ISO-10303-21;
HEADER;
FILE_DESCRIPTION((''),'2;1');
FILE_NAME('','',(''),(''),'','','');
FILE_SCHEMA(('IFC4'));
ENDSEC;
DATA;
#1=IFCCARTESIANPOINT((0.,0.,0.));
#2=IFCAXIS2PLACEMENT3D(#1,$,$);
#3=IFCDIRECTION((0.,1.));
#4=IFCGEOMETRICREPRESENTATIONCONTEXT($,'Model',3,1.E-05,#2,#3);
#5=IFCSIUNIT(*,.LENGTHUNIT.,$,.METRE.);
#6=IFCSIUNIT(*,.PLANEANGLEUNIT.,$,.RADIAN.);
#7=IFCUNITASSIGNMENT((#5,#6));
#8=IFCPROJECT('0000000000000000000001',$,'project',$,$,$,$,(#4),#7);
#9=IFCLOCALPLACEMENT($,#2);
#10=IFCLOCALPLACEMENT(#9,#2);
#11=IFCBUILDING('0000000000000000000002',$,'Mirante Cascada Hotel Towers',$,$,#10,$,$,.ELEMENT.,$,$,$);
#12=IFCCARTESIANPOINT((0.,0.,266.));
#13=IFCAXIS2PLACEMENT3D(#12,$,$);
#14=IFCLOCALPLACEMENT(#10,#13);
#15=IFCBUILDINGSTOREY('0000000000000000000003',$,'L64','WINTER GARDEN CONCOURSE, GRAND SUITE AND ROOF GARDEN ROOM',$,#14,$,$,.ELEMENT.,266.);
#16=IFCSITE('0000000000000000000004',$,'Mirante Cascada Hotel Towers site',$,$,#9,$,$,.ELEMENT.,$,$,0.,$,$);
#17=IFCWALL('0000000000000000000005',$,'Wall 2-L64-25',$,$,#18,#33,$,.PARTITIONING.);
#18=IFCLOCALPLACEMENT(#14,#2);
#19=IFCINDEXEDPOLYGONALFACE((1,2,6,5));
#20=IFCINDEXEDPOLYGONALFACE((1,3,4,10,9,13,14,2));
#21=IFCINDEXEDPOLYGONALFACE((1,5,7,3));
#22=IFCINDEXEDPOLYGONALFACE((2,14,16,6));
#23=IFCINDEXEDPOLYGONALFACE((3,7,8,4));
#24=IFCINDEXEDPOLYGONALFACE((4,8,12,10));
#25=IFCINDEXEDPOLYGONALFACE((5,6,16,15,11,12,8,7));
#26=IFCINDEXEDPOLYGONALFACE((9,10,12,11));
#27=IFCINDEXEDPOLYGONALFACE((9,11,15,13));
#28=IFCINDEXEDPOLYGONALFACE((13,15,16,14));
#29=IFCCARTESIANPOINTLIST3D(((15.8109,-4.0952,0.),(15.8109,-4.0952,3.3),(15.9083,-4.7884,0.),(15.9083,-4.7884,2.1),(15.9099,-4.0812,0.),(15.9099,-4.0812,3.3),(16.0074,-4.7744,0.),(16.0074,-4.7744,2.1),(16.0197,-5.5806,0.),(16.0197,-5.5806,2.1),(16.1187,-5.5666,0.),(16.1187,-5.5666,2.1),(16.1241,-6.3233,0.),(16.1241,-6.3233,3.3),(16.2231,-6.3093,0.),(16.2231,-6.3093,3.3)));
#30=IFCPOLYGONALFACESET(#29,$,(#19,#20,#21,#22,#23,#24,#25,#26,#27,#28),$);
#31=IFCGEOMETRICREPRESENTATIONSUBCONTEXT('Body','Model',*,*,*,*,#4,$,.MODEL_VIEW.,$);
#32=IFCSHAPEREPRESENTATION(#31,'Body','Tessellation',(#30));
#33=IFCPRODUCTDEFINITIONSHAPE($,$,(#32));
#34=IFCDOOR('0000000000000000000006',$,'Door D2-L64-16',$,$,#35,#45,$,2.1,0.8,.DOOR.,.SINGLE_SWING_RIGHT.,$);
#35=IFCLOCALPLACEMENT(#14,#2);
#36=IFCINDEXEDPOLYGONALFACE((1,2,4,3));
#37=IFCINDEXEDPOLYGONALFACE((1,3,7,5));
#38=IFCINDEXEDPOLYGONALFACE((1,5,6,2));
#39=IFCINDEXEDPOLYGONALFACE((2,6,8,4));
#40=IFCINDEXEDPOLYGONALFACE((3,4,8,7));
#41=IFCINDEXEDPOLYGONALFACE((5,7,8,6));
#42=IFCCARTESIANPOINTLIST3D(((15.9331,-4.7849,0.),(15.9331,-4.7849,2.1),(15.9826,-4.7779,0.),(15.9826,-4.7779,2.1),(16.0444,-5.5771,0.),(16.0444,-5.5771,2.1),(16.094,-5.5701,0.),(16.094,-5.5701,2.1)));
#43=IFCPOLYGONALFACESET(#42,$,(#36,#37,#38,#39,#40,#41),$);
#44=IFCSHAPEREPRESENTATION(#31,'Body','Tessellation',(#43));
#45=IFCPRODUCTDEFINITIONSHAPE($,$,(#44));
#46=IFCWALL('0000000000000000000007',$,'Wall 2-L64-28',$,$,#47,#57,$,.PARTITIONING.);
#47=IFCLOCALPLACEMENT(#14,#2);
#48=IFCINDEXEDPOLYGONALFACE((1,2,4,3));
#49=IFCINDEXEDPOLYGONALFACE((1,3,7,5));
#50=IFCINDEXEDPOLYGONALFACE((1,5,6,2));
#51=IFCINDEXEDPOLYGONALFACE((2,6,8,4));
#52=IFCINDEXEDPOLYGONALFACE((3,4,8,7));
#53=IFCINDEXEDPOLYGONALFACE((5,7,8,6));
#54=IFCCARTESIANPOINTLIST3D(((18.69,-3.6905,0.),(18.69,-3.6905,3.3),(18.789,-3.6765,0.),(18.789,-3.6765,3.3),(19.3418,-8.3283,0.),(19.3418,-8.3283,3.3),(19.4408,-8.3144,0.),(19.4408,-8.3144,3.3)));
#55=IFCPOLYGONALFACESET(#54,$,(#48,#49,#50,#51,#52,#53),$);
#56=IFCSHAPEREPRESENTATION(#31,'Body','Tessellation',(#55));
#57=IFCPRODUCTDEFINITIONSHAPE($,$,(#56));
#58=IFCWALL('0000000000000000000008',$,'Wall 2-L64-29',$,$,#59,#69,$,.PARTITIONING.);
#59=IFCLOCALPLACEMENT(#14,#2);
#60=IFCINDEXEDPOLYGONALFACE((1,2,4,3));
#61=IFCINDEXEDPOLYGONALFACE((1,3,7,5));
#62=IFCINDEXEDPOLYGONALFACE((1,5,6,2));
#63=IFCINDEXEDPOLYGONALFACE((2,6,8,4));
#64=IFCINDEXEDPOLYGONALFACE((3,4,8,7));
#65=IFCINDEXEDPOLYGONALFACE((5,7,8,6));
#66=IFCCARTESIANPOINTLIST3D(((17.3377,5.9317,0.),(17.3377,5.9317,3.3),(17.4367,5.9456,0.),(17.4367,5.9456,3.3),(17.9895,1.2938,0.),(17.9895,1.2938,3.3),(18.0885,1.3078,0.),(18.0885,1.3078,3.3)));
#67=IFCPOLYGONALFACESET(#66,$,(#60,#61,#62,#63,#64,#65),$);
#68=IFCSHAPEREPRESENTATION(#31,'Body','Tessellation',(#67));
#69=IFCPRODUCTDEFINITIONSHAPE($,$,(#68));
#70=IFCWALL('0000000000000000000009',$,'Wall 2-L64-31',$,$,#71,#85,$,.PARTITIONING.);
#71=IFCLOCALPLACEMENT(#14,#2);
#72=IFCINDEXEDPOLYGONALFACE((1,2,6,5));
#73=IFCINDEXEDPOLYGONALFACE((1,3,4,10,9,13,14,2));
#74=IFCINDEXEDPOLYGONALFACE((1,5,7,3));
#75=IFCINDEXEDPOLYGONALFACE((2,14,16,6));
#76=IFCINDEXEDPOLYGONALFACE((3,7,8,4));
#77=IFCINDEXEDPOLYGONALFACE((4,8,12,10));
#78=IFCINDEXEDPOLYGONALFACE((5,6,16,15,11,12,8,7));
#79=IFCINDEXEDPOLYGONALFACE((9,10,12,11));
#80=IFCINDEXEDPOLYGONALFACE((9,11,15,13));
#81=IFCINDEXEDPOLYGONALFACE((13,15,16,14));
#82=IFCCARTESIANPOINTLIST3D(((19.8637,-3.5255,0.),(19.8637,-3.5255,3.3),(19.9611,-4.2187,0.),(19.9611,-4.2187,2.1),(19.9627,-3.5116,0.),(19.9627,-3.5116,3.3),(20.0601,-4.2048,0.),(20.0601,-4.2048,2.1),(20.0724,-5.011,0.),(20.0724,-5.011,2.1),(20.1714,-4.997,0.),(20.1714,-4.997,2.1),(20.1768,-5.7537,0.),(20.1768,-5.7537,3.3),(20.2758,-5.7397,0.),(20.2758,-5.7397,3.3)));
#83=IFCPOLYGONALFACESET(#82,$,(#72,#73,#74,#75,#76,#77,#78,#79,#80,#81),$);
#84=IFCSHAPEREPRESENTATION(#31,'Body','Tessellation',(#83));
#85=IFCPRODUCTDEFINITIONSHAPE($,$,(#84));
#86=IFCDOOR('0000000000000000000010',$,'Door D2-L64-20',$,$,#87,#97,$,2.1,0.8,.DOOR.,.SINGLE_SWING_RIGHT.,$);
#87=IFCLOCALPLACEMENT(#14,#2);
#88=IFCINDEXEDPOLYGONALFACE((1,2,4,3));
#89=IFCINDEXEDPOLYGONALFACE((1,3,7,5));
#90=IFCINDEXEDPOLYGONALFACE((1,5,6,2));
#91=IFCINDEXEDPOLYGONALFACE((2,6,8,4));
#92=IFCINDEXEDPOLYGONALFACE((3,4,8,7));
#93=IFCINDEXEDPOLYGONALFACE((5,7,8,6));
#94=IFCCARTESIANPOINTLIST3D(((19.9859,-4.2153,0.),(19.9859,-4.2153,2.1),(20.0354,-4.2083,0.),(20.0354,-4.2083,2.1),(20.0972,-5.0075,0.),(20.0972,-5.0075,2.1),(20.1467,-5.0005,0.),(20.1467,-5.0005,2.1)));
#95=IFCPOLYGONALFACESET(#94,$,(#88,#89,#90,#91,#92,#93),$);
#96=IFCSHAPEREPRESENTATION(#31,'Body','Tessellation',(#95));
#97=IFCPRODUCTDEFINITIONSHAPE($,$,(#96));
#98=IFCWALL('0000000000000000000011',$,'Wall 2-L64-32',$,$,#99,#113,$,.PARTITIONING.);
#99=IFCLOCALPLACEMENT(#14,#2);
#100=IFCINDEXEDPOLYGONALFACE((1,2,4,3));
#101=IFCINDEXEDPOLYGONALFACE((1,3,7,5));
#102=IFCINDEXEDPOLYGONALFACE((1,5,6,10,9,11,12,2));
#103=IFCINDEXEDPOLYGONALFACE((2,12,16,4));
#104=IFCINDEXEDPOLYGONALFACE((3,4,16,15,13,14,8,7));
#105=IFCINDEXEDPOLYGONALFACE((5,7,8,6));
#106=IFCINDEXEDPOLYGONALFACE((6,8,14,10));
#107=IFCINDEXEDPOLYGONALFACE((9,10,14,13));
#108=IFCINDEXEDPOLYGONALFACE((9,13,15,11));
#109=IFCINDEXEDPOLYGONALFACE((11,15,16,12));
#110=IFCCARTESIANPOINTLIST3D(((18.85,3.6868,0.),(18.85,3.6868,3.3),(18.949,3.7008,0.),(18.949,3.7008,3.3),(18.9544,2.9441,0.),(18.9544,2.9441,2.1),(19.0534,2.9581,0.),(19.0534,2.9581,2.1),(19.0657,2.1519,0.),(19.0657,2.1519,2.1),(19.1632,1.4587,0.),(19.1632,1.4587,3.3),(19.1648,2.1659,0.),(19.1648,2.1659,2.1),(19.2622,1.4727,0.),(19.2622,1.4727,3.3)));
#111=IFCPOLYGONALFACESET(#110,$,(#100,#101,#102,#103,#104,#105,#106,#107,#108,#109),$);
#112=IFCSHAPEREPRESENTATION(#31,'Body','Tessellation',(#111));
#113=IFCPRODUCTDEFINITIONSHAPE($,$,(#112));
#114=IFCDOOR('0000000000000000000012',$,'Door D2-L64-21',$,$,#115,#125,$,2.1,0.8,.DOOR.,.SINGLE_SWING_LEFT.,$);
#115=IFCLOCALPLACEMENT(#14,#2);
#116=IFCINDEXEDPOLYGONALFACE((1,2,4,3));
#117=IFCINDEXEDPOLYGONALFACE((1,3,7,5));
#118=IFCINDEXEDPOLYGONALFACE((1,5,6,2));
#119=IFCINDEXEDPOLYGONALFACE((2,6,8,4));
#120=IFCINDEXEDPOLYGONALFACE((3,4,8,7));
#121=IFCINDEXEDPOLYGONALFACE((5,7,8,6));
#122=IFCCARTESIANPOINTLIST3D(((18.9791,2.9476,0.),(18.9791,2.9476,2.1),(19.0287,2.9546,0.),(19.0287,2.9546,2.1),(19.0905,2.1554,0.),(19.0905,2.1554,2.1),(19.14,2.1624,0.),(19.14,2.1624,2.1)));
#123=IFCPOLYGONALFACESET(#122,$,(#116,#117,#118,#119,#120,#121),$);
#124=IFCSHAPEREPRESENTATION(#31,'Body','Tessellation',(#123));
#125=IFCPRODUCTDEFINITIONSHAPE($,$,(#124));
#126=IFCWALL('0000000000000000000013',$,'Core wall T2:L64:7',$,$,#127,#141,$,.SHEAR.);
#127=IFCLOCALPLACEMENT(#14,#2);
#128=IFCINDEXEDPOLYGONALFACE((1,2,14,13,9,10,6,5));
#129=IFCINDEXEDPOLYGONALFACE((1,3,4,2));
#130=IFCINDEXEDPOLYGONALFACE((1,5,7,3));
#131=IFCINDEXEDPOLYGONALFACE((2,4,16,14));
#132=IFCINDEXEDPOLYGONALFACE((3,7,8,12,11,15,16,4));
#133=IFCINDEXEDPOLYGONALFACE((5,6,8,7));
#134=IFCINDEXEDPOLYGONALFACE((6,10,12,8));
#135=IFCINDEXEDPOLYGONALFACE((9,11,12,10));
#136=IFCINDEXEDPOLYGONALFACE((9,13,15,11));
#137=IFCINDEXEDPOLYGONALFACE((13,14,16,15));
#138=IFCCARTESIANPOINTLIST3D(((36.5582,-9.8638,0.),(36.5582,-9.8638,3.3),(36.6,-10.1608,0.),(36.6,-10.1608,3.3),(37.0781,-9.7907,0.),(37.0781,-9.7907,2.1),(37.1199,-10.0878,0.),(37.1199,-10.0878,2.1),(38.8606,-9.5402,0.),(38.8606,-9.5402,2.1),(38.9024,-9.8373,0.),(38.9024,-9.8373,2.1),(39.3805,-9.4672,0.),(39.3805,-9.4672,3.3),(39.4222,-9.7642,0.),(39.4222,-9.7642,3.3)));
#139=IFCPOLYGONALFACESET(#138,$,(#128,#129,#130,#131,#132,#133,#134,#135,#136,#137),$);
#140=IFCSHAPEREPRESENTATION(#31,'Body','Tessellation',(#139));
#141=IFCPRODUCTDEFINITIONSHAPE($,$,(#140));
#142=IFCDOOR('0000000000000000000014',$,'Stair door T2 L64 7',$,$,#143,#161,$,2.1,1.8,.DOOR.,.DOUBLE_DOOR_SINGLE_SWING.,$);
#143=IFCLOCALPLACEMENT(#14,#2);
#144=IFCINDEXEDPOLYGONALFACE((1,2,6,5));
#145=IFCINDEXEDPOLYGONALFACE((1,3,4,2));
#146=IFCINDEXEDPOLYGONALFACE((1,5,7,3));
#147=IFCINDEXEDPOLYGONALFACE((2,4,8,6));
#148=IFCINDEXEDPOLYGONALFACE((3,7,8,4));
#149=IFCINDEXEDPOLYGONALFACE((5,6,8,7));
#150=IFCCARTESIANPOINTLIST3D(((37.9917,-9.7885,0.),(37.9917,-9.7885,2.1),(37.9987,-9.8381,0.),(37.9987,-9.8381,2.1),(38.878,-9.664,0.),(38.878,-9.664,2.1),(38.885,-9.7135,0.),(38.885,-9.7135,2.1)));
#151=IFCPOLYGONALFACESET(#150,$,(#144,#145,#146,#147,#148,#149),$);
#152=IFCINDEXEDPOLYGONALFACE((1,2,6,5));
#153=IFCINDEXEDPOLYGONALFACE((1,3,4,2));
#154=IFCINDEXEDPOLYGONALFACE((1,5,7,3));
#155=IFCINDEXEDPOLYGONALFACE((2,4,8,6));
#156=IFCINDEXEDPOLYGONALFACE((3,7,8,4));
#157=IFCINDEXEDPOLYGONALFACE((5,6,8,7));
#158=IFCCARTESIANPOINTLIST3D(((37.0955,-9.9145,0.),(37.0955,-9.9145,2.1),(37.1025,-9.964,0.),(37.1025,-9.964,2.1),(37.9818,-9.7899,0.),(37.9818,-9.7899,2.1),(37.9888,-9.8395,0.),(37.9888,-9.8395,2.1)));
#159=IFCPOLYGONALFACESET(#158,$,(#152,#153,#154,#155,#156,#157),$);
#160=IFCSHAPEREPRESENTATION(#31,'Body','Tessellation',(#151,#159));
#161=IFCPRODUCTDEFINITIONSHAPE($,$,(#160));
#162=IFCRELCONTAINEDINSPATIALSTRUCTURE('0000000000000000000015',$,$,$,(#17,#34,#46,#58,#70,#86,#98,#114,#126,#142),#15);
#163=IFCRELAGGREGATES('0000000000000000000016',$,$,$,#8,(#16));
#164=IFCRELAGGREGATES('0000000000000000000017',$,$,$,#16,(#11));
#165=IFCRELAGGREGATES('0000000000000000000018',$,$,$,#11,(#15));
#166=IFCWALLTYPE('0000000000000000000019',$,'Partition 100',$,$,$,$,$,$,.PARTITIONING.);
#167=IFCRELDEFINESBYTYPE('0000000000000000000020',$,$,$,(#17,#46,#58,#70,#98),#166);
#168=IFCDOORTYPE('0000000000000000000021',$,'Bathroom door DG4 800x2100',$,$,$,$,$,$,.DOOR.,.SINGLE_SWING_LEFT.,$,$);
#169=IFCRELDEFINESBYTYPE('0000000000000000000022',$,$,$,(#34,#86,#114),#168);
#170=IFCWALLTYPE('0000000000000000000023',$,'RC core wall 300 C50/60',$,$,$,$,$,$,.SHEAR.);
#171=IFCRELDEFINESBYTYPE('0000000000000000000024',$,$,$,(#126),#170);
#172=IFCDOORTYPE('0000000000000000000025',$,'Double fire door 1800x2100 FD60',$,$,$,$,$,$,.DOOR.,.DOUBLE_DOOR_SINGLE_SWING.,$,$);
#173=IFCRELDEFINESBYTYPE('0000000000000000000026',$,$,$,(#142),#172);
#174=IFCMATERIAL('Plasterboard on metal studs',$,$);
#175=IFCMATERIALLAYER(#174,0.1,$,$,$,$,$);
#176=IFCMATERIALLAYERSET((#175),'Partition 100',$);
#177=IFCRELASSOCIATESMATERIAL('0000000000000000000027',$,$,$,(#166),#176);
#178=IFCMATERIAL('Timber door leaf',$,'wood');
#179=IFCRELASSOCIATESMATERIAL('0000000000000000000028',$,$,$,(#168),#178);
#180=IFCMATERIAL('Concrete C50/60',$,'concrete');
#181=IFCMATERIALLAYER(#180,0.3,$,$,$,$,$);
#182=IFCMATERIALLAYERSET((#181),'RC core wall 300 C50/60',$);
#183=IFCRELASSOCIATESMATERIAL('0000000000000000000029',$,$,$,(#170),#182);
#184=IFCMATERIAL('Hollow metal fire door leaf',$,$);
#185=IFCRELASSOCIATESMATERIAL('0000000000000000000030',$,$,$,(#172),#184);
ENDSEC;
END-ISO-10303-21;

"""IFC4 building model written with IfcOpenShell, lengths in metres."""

from ifc_helpers import new_model, si_unit, direction, frame, frame_2d, origin, place, context, subcontext, project, spatial, rectangle, extrude, material, layer, layer_set, type_object, element, fill, save


model = new_model("IFC4")

# Units and contexts
model_context = context("Model", 3, precision=1e-05, world=origin(), true_north=direction((0.0, 1.0)))
body_context = subcontext(model_context, "Body", "Model", "MODEL_VIEW")
ifc_project = project(units=[si_unit("LENGTHUNIT", "METRE"), si_unit("PLANEANGLEUNIT", "RADIAN")], contexts=[model_context])

# Site, building, storey
site_placement = place(None, origin())
site = spatial("IfcSite", under=ifc_project, at=site_placement, Name="Mirante Cascada Hotel Towers site", CompositionType="ELEMENT", RefElevation=0.0)
building_placement = place(site_placement, origin())
building = spatial("IfcBuilding", under=site, at=building_placement, Name="Mirante Cascada Hotel Towers", CompositionType="ELEMENT")
storey_placement = place(building_placement, frame((0.0, 0.0, 266.0)))
storey = spatial("IfcBuildingStorey", under=building, at=storey_placement, Name="L64", Description="WINTER GARDEN CONCOURSE, GRAND SUITE AND ROOF GARDEN ROOM", CompositionType="ELEMENT", Elevation=266.0)

# Shared definitions
ifc_material_1 = material(Name="Plasterboard on metal studs")
ifc_layer_1 = layer(ifc_material_1, 0.1)
ifc_layer_set_1 = layer_set([ifc_layer_1], Name="Partition 100")
wall_type_1 = type_object("IfcWallType", Name="Partition 100", PredefinedType="PARTITIONING", material=ifc_layer_set_1)

# Wall, opening, door
wall_1_placement = place(storey_placement, frame((16.1736, -6.3163, 0.0), z_axis=(0.0, 0.0, 1.0), x_axis=(-0.1392, 0.990264, 0.0)))
wall_1 = element("IfcWall", 1, at=wall_1_placement, inside=storey, type_object=wall_type_1, Name="Wall 2-L64-25", PredefinedType="PARTITIONING", context=body_context, shape_type="SweptSolid", body=[
    extrude(rectangle(XDim=2.25, YDim=0.1, at=frame_2d((1.125, 0.0))), origin(), (0.0, 0.0, 1.0), 3.3),
])
opening_1_placement = place(wall_1_placement, frame((0.75, 0.0, 0.0)))
opening_1 = element("IfcOpeningElement", 2, at=opening_1_placement, cuts=wall_1, PredefinedType="OPENING", context=body_context, shape_type="SweptSolid", body=[
    extrude(rectangle(XDim=0.8, YDim=2.1, at=frame_2d((0.4, 1.05))), frame((0.0, 0.05, 0.0), z_axis=(0.0, -1.0, 0.0), x_axis=(1.0, 0.0, 0.0)), (0.0, 0.0, 1.0), 0.1),
])
ifc_material_2 = material(Name="Timber door leaf", Category="wood")
door_type_1 = type_object("IfcDoorType", Name="Bathroom door DG4 800x2100", OperationType="SINGLE_SWING_LEFT", PredefinedType="DOOR", material=ifc_material_2)
door_1_placement = place(opening_1_placement, frame((0.8, 0.0, 0.0), z_axis=(0.0, 0.0, 1.0), x_axis=(-1.0, 0.0, 0.0)))
door_1 = element("IfcDoor", 3, at=door_1_placement, inside=storey, type_object=door_type_1, Name="Door D2-L64-16", OperationType="SINGLE_SWING_RIGHT", OverallHeight=2.1, OverallWidth=0.8, PredefinedType="DOOR", context=body_context, shape_type="SweptSolid", body=[
    extrude(rectangle(XDim=0.8, YDim=2.1, at=frame_2d((0.4, 1.05))), frame((0.0, 0.025, 0.0), z_axis=(0.0, -1.0, 0.0), x_axis=(1.0, 0.0, 0.0)), (0.0, 0.0, 1.0), 0.05),
])
fill(opening_1, door_1)

# Walls
for number, where, z_axis, x_axis, name in (
    (4, (18.7395, -3.6835, 0.0), (0.0, 0.0, 1.0), (0.139173, -0.990268, 0.0), "Wall 2-L64-28"),
    (5, (18.039, 1.3008, 0.0), (0.0, 0.0, 1.0), (-0.139173, 0.990268, 0.0), "Wall 2-L64-29"),
):
    element("IfcWall", number, at=place(storey_placement, frame(where, z_axis=z_axis, x_axis=x_axis)), inside=storey, type_object=wall_type_1, Name=name, PredefinedType="PARTITIONING", context=body_context, shape_type="SweptSolid", body=[
        extrude(rectangle(XDim=4.6834, YDim=0.1, at=frame_2d((2.3417, 0.0))), origin(), (0.0, 0.0, 1.0), 3.3),
    ])

# Walls, openings, doors
wall_2_placement = place(storey_placement, frame((20.2263, -5.7467, 0.0), z_axis=(0.0, 0.0, 1.0), x_axis=(-0.139156, 0.990271, 0.0)))
wall_2 = element("IfcWall", 6, at=wall_2_placement, inside=storey, type_object=wall_type_1, Name="Wall 2-L64-31", PredefinedType="PARTITIONING", context=body_context, shape_type="SweptSolid", body=[
    extrude(rectangle(XDim=2.25, YDim=0.1, at=frame_2d((1.125, 0.0))), origin(), (0.0, 0.0, 1.0), 3.3),
])
opening_2_placement = place(wall_2_placement, frame((0.75, 0.0, 0.0)))
opening_2 = element("IfcOpeningElement", 7, at=opening_2_placement, cuts=wall_2, PredefinedType="OPENING", context=body_context, shape_type="SweptSolid", body=[
    extrude(rectangle(XDim=0.8, YDim=2.1, at=frame_2d((0.4, 1.05))), frame((0.0, 0.05, 0.0), z_axis=(0.0, -1.0, 0.0), x_axis=(1.0, 0.0, 0.0)), (0.0, 0.0, 1.0), 0.1),
])
door_2_placement = place(opening_2_placement, frame((0.8, 0.0, 0.0), z_axis=(0.0, 0.0, 1.0), x_axis=(-1.0, 0.0, 0.0)))
door_2 = element("IfcDoor", 8, at=door_2_placement, inside=storey, type_object=door_type_1, Name="Door D2-L64-20", OperationType="SINGLE_SWING_RIGHT", OverallHeight=2.1, OverallWidth=0.8, PredefinedType="DOOR", context=body_context, shape_type="SweptSolid", body=[
    extrude(rectangle(XDim=0.8, YDim=2.1, at=frame_2d((0.4, 1.05))), frame((0.0, 0.025, 0.0), z_axis=(0.0, -1.0, 0.0), x_axis=(1.0, 0.0, 0.0)), (0.0, 0.0, 1.0), 0.05),
])
fill(opening_2, door_2)
wall_3_placement = place(storey_placement, frame((18.8995, 3.6938, 0.0), z_axis=(0.0, 0.0, 1.0), x_axis=(0.1392, -0.990264, 0.0)))
wall_3 = element("IfcWall", 9, at=wall_3_placement, inside=storey, type_object=wall_type_1, Name="Wall 2-L64-32", PredefinedType="PARTITIONING", context=body_context, shape_type="SweptSolid", body=[
    extrude(rectangle(XDim=2.25, YDim=0.1, at=frame_2d((1.125, 0.0))), origin(), (0.0, 0.0, 1.0), 3.3),
])
opening_3_placement = place(wall_3_placement, frame((0.75, 0.0, 0.0)))
opening_3 = element("IfcOpeningElement", 10, at=opening_3_placement, cuts=wall_3, PredefinedType="OPENING", context=body_context, shape_type="SweptSolid", body=[
    extrude(rectangle(XDim=0.8, YDim=2.1, at=frame_2d((0.4, 1.05))), frame((0.0, 0.05, 0.0), z_axis=(0.0, -1.0, 0.0), x_axis=(1.0, 0.0, 0.0)), (0.0, 0.0, 1.0), 0.1),
])
door_3_placement = place(opening_3_placement, origin())
door_3 = element("IfcDoor", 11, at=door_3_placement, inside=storey, type_object=door_type_1, Name="Door D2-L64-21", OperationType="SINGLE_SWING_LEFT", OverallHeight=2.1, OverallWidth=0.8, PredefinedType="DOOR", context=body_context, shape_type="SweptSolid", body=[
    extrude(rectangle(XDim=0.8, YDim=2.1, at=frame_2d((0.4, 1.05))), frame((0.0, 0.025, 0.0), z_axis=(0.0, -1.0, 0.0), x_axis=(1.0, 0.0, 0.0)), (0.0, 0.0, 1.0), 0.05),
])
fill(opening_3, door_3)
ifc_material_3 = material(Name="Concrete C50/60", Category="concrete")
ifc_layer_2 = layer(ifc_material_3, 0.3)
ifc_layer_set_2 = layer_set([ifc_layer_2], Name="RC core wall 300 C50/60")
wall_type_2 = type_object("IfcWallType", Name="RC core wall 300 C50/60", PredefinedType="SHEAR", material=ifc_layer_set_2)
wall_4_placement = place(storey_placement, frame((36.5791, -10.0123, 0.0), z_axis=(0.0, 0.0, 1.0), x_axis=(0.99027, 0.139156, 0.0)))
wall_4 = element("IfcWall", 12, at=wall_4_placement, inside=storey, type_object=wall_type_2, Name="Core wall T2:L64:7", PredefinedType="SHEAR", context=body_context, shape_type="SweptSolid", body=[
    extrude(rectangle(XDim=2.85, YDim=0.3, at=frame_2d((1.425, 0.0))), origin(), (0.0, 0.0, 1.0), 3.3),
])
opening_4_placement = place(wall_4_placement, frame((0.525, 0.0, 0.0)))
opening_4 = element("IfcOpeningElement", 13, at=opening_4_placement, cuts=wall_4, PredefinedType="OPENING", context=body_context, shape_type="SweptSolid", body=[
    extrude(rectangle(XDim=1.8, YDim=2.1, at=frame_2d((0.9, 1.05))), frame((0.0, 0.15, 0.0), z_axis=(0.0, -1.0, 0.0), x_axis=(1.0, 0.0, 0.0)), (0.0, 0.0, 1.0), 0.3),
])
ifc_material_4 = material(Name="Hollow metal fire door leaf")
door_type_2 = type_object("IfcDoorType", Name="Double fire door 1800x2100 FD60", OperationType="DOUBLE_DOOR_SINGLE_SWING", PredefinedType="DOOR", material=ifc_material_4)
door_4_placement = place(opening_4_placement, frame((1.8, 0.0, 0.0), z_axis=(0.0, 0.0, 1.0), x_axis=(-1.0, 0.0, 0.0)))
door_4 = element("IfcDoor", 14, at=door_4_placement, inside=storey, type_object=door_type_2, Name="Stair door T2 L64 7", OperationType="DOUBLE_DOOR_SINGLE_SWING", OverallHeight=2.1, OverallWidth=1.8, PredefinedType="DOOR", context=body_context, shape_type="SweptSolid", body=[
    extrude(rectangle(XDim=0.895, YDim=2.1, at=frame_2d((0.4475, 1.05))), frame((0.0, 0.025, 0.0), z_axis=(0.0, -1.0, 0.0), x_axis=(1.0, 0.0, 0.0)), (0.0, 0.0, 1.0), 0.05),
    extrude(rectangle(XDim=0.895, YDim=2.1, at=frame_2d((1.3525, 1.05))), frame((0.0, 0.025, 0.0), z_axis=(0.0, -1.0, 0.0), x_axis=(1.0, 0.0, 0.0)), (0.0, 0.0, 1.0), 0.05),
])
fill(opening_4, door_4)

save(model, "model.ifc")
